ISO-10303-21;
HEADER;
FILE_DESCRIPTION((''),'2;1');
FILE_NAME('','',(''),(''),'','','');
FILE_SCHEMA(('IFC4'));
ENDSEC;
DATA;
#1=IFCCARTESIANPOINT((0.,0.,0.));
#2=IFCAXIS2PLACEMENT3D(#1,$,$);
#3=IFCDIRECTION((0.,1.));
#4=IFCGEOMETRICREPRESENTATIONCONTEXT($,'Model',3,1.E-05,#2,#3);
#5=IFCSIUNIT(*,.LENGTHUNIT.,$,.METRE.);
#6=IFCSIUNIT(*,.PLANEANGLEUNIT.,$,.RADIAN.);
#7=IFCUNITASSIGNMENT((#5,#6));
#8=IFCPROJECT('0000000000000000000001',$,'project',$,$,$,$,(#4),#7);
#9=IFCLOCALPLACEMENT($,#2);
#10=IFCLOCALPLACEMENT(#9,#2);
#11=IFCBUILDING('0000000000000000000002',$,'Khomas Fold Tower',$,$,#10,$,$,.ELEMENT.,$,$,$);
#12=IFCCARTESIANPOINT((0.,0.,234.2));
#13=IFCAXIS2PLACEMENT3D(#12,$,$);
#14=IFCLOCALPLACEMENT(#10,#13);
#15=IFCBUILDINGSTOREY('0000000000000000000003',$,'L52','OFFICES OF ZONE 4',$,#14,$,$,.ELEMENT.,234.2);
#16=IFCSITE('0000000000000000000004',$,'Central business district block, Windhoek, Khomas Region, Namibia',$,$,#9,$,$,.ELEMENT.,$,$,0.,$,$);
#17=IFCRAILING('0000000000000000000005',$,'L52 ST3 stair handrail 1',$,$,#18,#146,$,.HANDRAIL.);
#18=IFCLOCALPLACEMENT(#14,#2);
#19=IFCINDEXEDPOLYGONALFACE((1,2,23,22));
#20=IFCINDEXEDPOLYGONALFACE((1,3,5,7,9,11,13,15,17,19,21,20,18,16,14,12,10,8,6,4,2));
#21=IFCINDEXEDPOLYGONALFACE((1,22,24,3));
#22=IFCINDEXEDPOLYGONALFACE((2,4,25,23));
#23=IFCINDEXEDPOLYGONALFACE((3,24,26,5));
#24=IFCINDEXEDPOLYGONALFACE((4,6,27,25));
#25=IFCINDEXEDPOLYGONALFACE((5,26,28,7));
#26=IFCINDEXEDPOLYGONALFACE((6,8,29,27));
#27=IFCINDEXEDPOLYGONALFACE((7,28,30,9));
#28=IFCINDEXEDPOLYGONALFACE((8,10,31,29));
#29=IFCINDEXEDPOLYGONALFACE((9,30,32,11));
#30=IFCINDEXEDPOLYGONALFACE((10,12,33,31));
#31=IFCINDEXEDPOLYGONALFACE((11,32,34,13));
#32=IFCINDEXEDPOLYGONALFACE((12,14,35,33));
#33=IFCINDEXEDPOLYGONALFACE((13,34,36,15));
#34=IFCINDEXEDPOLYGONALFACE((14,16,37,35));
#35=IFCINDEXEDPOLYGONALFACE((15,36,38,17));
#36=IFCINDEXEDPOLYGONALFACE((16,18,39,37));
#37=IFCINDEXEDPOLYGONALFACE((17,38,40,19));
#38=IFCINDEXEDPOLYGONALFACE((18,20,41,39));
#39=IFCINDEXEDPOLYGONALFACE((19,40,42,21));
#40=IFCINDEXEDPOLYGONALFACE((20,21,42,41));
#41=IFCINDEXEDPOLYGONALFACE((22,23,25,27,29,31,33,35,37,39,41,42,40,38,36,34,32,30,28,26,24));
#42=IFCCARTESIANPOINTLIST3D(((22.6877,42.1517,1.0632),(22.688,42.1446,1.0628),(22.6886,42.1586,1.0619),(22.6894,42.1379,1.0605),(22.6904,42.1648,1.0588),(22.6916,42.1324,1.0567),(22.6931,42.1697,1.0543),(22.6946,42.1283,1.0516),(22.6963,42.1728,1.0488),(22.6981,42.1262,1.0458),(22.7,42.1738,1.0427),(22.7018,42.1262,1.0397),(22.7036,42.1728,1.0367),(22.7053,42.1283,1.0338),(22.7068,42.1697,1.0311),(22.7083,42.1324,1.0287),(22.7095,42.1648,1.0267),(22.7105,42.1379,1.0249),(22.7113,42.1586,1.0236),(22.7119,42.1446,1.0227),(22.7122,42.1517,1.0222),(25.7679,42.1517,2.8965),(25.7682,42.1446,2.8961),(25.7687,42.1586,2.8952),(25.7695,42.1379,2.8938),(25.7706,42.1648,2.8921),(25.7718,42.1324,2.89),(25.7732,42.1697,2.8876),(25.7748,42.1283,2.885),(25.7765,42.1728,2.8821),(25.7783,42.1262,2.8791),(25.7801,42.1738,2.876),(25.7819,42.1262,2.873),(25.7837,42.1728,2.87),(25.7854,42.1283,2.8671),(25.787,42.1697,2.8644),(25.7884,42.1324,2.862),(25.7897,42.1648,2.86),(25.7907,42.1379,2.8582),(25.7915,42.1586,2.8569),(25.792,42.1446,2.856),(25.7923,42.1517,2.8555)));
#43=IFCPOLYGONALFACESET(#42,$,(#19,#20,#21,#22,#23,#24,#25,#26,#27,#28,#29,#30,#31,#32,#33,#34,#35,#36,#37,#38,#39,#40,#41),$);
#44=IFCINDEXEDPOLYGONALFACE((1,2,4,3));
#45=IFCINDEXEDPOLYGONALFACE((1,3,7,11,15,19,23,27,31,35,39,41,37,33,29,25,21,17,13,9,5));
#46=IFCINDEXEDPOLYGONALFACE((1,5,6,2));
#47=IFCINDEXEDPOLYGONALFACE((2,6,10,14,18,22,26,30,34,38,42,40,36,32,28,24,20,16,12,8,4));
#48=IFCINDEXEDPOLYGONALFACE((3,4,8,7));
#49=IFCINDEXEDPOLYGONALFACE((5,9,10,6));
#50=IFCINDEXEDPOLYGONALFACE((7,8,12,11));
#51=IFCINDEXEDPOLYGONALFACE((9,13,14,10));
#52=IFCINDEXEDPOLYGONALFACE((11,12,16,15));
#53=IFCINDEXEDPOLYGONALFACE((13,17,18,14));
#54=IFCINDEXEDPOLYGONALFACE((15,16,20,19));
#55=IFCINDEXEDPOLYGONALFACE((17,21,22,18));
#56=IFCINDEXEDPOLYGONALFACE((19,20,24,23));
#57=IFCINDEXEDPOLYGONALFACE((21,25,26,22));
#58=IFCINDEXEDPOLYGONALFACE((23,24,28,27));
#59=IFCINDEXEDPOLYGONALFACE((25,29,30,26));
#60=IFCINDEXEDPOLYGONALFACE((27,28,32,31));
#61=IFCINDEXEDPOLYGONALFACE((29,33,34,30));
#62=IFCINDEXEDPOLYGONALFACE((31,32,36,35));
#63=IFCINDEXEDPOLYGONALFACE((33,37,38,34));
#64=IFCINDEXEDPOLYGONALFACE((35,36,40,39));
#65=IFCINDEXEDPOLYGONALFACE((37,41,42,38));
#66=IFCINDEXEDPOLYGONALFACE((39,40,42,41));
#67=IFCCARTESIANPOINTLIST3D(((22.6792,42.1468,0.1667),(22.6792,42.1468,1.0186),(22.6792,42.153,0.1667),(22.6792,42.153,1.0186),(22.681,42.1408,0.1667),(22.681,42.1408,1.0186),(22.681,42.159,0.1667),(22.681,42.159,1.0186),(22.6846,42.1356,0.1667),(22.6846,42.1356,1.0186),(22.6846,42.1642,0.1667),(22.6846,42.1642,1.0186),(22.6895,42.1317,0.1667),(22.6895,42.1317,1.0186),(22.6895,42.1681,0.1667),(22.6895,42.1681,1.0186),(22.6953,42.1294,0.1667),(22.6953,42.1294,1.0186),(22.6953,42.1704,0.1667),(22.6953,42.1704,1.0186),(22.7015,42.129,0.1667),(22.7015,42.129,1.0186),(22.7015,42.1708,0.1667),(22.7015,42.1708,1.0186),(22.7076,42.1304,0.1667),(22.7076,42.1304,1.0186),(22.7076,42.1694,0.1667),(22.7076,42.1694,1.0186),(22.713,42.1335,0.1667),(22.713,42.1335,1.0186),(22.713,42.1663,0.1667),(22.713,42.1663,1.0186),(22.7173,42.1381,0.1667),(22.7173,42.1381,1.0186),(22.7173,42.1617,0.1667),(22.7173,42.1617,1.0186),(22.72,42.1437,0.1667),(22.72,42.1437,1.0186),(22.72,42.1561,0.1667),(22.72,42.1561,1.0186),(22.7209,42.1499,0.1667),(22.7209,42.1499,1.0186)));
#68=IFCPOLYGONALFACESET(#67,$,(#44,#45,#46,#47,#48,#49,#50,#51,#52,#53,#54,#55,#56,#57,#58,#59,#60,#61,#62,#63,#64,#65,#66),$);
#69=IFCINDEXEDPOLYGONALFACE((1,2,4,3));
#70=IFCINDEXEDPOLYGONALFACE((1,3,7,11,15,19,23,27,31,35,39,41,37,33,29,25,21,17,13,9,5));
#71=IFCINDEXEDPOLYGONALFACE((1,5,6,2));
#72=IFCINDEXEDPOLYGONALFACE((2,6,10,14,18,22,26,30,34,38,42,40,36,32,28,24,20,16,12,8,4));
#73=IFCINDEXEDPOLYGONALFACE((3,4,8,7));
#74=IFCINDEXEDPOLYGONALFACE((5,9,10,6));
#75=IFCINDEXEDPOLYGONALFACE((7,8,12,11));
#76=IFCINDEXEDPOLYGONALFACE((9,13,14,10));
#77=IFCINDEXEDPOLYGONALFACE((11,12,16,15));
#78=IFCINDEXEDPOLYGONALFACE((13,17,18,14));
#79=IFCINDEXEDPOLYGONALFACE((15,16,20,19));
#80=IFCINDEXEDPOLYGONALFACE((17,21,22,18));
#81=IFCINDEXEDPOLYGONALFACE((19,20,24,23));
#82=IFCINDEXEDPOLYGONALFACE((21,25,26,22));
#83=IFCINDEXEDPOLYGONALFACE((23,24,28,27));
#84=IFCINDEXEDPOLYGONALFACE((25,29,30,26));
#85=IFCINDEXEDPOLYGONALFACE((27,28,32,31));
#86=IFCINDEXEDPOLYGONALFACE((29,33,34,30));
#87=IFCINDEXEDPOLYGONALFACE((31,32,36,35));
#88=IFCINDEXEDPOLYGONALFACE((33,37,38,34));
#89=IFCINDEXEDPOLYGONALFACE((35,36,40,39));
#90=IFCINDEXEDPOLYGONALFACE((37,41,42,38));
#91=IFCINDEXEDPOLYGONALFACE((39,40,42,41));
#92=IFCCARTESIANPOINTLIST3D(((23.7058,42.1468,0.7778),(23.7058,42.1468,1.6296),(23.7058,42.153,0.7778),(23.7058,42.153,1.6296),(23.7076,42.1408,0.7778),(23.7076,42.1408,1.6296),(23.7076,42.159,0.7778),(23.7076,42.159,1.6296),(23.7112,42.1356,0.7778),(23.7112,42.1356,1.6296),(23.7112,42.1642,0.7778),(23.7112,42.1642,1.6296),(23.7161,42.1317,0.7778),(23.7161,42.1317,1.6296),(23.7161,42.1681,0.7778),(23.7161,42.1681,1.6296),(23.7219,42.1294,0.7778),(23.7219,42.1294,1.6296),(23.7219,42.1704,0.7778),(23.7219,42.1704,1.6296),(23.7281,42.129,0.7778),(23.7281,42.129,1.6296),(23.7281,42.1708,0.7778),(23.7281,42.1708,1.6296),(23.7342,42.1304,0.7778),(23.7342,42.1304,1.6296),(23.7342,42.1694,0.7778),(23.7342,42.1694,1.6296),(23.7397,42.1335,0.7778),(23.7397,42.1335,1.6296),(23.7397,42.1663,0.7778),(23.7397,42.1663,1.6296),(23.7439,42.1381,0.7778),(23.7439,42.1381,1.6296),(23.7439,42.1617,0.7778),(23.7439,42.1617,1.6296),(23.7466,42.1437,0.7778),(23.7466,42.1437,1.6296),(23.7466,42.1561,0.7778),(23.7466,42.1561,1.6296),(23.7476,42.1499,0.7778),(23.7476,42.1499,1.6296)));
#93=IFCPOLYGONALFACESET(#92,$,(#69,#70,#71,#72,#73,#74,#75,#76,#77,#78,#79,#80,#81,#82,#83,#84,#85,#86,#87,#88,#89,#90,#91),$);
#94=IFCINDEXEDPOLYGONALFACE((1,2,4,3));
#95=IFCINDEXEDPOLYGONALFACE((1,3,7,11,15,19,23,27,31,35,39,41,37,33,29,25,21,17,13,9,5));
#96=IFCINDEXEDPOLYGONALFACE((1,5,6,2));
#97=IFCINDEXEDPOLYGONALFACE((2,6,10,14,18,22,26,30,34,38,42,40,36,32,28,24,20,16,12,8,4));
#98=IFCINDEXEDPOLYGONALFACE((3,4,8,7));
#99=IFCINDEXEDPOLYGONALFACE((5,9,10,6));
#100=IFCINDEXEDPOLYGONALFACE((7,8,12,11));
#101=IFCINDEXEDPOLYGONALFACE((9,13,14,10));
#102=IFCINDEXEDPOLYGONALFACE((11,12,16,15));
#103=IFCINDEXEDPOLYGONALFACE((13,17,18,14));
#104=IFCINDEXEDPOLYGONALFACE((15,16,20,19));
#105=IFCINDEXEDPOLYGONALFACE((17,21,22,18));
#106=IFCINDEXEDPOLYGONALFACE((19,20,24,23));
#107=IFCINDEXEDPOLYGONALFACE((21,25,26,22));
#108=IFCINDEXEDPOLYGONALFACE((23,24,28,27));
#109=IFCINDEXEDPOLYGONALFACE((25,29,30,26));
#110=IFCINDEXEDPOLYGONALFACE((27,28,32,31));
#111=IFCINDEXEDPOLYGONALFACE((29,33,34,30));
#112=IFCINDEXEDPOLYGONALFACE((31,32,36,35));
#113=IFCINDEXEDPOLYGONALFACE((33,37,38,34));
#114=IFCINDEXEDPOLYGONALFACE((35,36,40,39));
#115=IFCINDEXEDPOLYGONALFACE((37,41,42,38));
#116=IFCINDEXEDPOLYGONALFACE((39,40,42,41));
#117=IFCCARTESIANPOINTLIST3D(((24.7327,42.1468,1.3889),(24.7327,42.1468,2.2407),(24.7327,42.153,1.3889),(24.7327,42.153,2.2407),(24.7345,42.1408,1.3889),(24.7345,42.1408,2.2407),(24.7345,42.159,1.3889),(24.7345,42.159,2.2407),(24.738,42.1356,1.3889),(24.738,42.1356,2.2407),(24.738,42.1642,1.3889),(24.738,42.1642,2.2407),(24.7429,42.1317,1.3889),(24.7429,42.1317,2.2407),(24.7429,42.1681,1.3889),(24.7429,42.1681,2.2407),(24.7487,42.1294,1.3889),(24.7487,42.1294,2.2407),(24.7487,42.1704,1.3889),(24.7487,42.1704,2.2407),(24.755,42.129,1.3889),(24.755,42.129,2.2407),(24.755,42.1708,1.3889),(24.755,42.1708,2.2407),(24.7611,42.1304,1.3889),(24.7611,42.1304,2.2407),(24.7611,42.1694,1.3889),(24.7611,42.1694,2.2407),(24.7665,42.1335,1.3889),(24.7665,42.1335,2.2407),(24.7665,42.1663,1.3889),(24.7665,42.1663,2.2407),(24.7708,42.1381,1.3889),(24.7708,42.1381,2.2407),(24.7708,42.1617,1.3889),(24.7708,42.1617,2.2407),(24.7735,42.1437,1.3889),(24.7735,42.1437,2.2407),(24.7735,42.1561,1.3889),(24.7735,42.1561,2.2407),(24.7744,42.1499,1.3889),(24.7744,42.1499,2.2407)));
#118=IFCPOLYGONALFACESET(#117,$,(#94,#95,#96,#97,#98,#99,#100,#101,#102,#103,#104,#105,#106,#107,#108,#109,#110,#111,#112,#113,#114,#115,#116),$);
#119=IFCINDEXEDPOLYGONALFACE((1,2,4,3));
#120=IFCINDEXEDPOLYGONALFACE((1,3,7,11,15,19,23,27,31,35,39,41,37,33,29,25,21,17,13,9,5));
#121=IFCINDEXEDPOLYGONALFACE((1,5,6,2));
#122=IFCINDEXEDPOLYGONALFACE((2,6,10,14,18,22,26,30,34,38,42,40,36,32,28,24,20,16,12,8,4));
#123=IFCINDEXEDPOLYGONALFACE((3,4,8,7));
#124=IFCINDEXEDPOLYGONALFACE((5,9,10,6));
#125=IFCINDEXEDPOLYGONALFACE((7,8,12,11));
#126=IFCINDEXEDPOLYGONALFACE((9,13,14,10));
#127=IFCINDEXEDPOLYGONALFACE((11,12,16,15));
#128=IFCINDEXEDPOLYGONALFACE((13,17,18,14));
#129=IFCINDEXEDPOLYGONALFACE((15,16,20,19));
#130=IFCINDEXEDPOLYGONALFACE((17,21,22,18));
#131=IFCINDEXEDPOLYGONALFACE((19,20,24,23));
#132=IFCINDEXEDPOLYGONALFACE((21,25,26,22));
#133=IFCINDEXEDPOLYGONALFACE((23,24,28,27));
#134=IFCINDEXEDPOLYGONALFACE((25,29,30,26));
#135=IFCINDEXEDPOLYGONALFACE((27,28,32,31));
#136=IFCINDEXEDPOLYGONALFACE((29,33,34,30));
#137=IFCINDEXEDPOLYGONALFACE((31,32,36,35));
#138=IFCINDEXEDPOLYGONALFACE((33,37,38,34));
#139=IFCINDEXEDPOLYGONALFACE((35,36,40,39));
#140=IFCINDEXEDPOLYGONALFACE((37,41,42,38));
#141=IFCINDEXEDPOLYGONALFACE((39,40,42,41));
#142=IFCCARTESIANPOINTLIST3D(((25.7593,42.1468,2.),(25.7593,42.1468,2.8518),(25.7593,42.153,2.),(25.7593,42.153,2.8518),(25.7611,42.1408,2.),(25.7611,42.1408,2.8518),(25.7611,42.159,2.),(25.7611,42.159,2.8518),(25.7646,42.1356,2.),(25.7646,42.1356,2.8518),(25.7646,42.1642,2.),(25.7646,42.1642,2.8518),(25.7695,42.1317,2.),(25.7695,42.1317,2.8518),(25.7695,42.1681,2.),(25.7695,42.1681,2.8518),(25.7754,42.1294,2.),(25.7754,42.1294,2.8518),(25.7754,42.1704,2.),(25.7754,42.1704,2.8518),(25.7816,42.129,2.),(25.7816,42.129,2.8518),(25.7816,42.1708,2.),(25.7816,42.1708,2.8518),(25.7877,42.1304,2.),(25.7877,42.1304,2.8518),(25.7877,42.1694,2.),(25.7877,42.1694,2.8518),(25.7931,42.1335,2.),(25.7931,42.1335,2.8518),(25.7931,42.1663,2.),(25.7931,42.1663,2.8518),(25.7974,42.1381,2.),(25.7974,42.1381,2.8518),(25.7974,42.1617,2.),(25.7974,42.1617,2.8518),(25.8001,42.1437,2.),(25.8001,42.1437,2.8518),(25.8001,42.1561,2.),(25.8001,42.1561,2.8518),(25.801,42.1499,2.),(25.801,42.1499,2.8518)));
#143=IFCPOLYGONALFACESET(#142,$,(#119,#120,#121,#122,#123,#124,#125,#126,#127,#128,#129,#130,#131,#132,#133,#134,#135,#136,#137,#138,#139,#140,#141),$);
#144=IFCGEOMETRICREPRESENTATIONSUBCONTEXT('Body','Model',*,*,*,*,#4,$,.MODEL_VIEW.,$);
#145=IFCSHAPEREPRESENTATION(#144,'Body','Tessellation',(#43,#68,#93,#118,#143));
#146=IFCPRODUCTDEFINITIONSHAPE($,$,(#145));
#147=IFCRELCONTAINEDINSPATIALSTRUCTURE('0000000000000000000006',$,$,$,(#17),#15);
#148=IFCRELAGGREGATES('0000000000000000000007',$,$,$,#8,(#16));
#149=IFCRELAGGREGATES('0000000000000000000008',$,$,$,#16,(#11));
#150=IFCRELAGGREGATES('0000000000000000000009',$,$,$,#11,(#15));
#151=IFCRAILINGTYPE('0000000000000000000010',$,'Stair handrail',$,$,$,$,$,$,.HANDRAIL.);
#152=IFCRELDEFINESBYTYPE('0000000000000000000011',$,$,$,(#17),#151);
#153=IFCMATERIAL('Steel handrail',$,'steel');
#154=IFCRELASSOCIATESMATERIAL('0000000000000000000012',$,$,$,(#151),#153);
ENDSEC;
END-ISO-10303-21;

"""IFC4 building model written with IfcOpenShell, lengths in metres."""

from ifc_helpers import new_model, si_unit, direction, frame, origin, origin_2d, place, context, subcontext, project, spatial, circle, extrude, source, transform, mapped, material, type_object, element, save


model = new_model("IFC4")

# Units and contexts
model_context = context("Model", 3, precision=1e-05, world=origin(), true_north=direction((0.0, 1.0)))
body_context = subcontext(model_context, "Body", "Model", "MODEL_VIEW")
ifc_project = project(units=[si_unit("LENGTHUNIT", "METRE"), si_unit("PLANEANGLEUNIT", "RADIAN")], contexts=[model_context])

# Site, building, storey
site_placement = place(None, origin())
site = spatial("IfcSite", under=ifc_project, at=site_placement, Name="Central business district block, Windhoek, Khomas Region, Namibia", CompositionType="ELEMENT", RefElevation=0.0)
building_placement = place(site_placement, origin())
building = spatial("IfcBuilding", under=site, at=building_placement, Name="Khomas Fold Tower", CompositionType="ELEMENT")
storey_placement = place(building_placement, frame((0.0, 0.0, 234.2)))
storey = spatial("IfcBuildingStorey", under=building, at=storey_placement, Name="L52", Description="OFFICES OF ZONE 4", CompositionType="ELEMENT", Elevation=234.2)

# Railing
ifc_material_1 = material(Name="Steel handrail", Category="steel")
railing_type_1 = type_object("IfcRailingType", Name="Stair handrail", PredefinedType="HANDRAIL", material=ifc_material_1)
shared_shape_1 = source(origin(), body_context, "Body", "SweptSolid", [
    extrude(circle(Radius=0.0239, at=origin_2d()), frame((0.0, 0.0, 0.876), z_axis=(0.859309, 0.0, 0.511458), x_axis=(0.0, 1.0, 0.0)), (0.0, 0.0, 1.0), 3.5845),
    extrude(circle(Radius=0.021, at=origin_2d()), origin(), (0.0, 0.0, 1.0), 0.8518),
    extrude(circle(Radius=0.021, at=origin_2d()), frame((1.0266, 0.0, 0.6111)), (0.0, 0.0, 1.0), 0.8518),
    extrude(circle(Radius=0.021, at=origin_2d()), frame((2.0535, 0.0, 1.2222)), (0.0, 0.0, 1.0), 0.8518),
    extrude(circle(Radius=0.021, at=origin_2d()), frame((3.0801, 0.0, 1.8333)), (0.0, 0.0, 1.0), 0.8518),
])
railing_1_placement = place(storey_placement, frame((22.7, 42.1499, 0.1667)))
element("IfcRailing", 1, at=railing_1_placement, inside=storey, type_object=railing_type_1, Name="L52 ST3 stair handrail 1", PredefinedType="HANDRAIL", context=body_context, shape_type="MappedRepresentation", body=[
    mapped(shared_shape_1, transform((0.0, 0.0, 0.0))),
])

save(model, "model.ifc")
